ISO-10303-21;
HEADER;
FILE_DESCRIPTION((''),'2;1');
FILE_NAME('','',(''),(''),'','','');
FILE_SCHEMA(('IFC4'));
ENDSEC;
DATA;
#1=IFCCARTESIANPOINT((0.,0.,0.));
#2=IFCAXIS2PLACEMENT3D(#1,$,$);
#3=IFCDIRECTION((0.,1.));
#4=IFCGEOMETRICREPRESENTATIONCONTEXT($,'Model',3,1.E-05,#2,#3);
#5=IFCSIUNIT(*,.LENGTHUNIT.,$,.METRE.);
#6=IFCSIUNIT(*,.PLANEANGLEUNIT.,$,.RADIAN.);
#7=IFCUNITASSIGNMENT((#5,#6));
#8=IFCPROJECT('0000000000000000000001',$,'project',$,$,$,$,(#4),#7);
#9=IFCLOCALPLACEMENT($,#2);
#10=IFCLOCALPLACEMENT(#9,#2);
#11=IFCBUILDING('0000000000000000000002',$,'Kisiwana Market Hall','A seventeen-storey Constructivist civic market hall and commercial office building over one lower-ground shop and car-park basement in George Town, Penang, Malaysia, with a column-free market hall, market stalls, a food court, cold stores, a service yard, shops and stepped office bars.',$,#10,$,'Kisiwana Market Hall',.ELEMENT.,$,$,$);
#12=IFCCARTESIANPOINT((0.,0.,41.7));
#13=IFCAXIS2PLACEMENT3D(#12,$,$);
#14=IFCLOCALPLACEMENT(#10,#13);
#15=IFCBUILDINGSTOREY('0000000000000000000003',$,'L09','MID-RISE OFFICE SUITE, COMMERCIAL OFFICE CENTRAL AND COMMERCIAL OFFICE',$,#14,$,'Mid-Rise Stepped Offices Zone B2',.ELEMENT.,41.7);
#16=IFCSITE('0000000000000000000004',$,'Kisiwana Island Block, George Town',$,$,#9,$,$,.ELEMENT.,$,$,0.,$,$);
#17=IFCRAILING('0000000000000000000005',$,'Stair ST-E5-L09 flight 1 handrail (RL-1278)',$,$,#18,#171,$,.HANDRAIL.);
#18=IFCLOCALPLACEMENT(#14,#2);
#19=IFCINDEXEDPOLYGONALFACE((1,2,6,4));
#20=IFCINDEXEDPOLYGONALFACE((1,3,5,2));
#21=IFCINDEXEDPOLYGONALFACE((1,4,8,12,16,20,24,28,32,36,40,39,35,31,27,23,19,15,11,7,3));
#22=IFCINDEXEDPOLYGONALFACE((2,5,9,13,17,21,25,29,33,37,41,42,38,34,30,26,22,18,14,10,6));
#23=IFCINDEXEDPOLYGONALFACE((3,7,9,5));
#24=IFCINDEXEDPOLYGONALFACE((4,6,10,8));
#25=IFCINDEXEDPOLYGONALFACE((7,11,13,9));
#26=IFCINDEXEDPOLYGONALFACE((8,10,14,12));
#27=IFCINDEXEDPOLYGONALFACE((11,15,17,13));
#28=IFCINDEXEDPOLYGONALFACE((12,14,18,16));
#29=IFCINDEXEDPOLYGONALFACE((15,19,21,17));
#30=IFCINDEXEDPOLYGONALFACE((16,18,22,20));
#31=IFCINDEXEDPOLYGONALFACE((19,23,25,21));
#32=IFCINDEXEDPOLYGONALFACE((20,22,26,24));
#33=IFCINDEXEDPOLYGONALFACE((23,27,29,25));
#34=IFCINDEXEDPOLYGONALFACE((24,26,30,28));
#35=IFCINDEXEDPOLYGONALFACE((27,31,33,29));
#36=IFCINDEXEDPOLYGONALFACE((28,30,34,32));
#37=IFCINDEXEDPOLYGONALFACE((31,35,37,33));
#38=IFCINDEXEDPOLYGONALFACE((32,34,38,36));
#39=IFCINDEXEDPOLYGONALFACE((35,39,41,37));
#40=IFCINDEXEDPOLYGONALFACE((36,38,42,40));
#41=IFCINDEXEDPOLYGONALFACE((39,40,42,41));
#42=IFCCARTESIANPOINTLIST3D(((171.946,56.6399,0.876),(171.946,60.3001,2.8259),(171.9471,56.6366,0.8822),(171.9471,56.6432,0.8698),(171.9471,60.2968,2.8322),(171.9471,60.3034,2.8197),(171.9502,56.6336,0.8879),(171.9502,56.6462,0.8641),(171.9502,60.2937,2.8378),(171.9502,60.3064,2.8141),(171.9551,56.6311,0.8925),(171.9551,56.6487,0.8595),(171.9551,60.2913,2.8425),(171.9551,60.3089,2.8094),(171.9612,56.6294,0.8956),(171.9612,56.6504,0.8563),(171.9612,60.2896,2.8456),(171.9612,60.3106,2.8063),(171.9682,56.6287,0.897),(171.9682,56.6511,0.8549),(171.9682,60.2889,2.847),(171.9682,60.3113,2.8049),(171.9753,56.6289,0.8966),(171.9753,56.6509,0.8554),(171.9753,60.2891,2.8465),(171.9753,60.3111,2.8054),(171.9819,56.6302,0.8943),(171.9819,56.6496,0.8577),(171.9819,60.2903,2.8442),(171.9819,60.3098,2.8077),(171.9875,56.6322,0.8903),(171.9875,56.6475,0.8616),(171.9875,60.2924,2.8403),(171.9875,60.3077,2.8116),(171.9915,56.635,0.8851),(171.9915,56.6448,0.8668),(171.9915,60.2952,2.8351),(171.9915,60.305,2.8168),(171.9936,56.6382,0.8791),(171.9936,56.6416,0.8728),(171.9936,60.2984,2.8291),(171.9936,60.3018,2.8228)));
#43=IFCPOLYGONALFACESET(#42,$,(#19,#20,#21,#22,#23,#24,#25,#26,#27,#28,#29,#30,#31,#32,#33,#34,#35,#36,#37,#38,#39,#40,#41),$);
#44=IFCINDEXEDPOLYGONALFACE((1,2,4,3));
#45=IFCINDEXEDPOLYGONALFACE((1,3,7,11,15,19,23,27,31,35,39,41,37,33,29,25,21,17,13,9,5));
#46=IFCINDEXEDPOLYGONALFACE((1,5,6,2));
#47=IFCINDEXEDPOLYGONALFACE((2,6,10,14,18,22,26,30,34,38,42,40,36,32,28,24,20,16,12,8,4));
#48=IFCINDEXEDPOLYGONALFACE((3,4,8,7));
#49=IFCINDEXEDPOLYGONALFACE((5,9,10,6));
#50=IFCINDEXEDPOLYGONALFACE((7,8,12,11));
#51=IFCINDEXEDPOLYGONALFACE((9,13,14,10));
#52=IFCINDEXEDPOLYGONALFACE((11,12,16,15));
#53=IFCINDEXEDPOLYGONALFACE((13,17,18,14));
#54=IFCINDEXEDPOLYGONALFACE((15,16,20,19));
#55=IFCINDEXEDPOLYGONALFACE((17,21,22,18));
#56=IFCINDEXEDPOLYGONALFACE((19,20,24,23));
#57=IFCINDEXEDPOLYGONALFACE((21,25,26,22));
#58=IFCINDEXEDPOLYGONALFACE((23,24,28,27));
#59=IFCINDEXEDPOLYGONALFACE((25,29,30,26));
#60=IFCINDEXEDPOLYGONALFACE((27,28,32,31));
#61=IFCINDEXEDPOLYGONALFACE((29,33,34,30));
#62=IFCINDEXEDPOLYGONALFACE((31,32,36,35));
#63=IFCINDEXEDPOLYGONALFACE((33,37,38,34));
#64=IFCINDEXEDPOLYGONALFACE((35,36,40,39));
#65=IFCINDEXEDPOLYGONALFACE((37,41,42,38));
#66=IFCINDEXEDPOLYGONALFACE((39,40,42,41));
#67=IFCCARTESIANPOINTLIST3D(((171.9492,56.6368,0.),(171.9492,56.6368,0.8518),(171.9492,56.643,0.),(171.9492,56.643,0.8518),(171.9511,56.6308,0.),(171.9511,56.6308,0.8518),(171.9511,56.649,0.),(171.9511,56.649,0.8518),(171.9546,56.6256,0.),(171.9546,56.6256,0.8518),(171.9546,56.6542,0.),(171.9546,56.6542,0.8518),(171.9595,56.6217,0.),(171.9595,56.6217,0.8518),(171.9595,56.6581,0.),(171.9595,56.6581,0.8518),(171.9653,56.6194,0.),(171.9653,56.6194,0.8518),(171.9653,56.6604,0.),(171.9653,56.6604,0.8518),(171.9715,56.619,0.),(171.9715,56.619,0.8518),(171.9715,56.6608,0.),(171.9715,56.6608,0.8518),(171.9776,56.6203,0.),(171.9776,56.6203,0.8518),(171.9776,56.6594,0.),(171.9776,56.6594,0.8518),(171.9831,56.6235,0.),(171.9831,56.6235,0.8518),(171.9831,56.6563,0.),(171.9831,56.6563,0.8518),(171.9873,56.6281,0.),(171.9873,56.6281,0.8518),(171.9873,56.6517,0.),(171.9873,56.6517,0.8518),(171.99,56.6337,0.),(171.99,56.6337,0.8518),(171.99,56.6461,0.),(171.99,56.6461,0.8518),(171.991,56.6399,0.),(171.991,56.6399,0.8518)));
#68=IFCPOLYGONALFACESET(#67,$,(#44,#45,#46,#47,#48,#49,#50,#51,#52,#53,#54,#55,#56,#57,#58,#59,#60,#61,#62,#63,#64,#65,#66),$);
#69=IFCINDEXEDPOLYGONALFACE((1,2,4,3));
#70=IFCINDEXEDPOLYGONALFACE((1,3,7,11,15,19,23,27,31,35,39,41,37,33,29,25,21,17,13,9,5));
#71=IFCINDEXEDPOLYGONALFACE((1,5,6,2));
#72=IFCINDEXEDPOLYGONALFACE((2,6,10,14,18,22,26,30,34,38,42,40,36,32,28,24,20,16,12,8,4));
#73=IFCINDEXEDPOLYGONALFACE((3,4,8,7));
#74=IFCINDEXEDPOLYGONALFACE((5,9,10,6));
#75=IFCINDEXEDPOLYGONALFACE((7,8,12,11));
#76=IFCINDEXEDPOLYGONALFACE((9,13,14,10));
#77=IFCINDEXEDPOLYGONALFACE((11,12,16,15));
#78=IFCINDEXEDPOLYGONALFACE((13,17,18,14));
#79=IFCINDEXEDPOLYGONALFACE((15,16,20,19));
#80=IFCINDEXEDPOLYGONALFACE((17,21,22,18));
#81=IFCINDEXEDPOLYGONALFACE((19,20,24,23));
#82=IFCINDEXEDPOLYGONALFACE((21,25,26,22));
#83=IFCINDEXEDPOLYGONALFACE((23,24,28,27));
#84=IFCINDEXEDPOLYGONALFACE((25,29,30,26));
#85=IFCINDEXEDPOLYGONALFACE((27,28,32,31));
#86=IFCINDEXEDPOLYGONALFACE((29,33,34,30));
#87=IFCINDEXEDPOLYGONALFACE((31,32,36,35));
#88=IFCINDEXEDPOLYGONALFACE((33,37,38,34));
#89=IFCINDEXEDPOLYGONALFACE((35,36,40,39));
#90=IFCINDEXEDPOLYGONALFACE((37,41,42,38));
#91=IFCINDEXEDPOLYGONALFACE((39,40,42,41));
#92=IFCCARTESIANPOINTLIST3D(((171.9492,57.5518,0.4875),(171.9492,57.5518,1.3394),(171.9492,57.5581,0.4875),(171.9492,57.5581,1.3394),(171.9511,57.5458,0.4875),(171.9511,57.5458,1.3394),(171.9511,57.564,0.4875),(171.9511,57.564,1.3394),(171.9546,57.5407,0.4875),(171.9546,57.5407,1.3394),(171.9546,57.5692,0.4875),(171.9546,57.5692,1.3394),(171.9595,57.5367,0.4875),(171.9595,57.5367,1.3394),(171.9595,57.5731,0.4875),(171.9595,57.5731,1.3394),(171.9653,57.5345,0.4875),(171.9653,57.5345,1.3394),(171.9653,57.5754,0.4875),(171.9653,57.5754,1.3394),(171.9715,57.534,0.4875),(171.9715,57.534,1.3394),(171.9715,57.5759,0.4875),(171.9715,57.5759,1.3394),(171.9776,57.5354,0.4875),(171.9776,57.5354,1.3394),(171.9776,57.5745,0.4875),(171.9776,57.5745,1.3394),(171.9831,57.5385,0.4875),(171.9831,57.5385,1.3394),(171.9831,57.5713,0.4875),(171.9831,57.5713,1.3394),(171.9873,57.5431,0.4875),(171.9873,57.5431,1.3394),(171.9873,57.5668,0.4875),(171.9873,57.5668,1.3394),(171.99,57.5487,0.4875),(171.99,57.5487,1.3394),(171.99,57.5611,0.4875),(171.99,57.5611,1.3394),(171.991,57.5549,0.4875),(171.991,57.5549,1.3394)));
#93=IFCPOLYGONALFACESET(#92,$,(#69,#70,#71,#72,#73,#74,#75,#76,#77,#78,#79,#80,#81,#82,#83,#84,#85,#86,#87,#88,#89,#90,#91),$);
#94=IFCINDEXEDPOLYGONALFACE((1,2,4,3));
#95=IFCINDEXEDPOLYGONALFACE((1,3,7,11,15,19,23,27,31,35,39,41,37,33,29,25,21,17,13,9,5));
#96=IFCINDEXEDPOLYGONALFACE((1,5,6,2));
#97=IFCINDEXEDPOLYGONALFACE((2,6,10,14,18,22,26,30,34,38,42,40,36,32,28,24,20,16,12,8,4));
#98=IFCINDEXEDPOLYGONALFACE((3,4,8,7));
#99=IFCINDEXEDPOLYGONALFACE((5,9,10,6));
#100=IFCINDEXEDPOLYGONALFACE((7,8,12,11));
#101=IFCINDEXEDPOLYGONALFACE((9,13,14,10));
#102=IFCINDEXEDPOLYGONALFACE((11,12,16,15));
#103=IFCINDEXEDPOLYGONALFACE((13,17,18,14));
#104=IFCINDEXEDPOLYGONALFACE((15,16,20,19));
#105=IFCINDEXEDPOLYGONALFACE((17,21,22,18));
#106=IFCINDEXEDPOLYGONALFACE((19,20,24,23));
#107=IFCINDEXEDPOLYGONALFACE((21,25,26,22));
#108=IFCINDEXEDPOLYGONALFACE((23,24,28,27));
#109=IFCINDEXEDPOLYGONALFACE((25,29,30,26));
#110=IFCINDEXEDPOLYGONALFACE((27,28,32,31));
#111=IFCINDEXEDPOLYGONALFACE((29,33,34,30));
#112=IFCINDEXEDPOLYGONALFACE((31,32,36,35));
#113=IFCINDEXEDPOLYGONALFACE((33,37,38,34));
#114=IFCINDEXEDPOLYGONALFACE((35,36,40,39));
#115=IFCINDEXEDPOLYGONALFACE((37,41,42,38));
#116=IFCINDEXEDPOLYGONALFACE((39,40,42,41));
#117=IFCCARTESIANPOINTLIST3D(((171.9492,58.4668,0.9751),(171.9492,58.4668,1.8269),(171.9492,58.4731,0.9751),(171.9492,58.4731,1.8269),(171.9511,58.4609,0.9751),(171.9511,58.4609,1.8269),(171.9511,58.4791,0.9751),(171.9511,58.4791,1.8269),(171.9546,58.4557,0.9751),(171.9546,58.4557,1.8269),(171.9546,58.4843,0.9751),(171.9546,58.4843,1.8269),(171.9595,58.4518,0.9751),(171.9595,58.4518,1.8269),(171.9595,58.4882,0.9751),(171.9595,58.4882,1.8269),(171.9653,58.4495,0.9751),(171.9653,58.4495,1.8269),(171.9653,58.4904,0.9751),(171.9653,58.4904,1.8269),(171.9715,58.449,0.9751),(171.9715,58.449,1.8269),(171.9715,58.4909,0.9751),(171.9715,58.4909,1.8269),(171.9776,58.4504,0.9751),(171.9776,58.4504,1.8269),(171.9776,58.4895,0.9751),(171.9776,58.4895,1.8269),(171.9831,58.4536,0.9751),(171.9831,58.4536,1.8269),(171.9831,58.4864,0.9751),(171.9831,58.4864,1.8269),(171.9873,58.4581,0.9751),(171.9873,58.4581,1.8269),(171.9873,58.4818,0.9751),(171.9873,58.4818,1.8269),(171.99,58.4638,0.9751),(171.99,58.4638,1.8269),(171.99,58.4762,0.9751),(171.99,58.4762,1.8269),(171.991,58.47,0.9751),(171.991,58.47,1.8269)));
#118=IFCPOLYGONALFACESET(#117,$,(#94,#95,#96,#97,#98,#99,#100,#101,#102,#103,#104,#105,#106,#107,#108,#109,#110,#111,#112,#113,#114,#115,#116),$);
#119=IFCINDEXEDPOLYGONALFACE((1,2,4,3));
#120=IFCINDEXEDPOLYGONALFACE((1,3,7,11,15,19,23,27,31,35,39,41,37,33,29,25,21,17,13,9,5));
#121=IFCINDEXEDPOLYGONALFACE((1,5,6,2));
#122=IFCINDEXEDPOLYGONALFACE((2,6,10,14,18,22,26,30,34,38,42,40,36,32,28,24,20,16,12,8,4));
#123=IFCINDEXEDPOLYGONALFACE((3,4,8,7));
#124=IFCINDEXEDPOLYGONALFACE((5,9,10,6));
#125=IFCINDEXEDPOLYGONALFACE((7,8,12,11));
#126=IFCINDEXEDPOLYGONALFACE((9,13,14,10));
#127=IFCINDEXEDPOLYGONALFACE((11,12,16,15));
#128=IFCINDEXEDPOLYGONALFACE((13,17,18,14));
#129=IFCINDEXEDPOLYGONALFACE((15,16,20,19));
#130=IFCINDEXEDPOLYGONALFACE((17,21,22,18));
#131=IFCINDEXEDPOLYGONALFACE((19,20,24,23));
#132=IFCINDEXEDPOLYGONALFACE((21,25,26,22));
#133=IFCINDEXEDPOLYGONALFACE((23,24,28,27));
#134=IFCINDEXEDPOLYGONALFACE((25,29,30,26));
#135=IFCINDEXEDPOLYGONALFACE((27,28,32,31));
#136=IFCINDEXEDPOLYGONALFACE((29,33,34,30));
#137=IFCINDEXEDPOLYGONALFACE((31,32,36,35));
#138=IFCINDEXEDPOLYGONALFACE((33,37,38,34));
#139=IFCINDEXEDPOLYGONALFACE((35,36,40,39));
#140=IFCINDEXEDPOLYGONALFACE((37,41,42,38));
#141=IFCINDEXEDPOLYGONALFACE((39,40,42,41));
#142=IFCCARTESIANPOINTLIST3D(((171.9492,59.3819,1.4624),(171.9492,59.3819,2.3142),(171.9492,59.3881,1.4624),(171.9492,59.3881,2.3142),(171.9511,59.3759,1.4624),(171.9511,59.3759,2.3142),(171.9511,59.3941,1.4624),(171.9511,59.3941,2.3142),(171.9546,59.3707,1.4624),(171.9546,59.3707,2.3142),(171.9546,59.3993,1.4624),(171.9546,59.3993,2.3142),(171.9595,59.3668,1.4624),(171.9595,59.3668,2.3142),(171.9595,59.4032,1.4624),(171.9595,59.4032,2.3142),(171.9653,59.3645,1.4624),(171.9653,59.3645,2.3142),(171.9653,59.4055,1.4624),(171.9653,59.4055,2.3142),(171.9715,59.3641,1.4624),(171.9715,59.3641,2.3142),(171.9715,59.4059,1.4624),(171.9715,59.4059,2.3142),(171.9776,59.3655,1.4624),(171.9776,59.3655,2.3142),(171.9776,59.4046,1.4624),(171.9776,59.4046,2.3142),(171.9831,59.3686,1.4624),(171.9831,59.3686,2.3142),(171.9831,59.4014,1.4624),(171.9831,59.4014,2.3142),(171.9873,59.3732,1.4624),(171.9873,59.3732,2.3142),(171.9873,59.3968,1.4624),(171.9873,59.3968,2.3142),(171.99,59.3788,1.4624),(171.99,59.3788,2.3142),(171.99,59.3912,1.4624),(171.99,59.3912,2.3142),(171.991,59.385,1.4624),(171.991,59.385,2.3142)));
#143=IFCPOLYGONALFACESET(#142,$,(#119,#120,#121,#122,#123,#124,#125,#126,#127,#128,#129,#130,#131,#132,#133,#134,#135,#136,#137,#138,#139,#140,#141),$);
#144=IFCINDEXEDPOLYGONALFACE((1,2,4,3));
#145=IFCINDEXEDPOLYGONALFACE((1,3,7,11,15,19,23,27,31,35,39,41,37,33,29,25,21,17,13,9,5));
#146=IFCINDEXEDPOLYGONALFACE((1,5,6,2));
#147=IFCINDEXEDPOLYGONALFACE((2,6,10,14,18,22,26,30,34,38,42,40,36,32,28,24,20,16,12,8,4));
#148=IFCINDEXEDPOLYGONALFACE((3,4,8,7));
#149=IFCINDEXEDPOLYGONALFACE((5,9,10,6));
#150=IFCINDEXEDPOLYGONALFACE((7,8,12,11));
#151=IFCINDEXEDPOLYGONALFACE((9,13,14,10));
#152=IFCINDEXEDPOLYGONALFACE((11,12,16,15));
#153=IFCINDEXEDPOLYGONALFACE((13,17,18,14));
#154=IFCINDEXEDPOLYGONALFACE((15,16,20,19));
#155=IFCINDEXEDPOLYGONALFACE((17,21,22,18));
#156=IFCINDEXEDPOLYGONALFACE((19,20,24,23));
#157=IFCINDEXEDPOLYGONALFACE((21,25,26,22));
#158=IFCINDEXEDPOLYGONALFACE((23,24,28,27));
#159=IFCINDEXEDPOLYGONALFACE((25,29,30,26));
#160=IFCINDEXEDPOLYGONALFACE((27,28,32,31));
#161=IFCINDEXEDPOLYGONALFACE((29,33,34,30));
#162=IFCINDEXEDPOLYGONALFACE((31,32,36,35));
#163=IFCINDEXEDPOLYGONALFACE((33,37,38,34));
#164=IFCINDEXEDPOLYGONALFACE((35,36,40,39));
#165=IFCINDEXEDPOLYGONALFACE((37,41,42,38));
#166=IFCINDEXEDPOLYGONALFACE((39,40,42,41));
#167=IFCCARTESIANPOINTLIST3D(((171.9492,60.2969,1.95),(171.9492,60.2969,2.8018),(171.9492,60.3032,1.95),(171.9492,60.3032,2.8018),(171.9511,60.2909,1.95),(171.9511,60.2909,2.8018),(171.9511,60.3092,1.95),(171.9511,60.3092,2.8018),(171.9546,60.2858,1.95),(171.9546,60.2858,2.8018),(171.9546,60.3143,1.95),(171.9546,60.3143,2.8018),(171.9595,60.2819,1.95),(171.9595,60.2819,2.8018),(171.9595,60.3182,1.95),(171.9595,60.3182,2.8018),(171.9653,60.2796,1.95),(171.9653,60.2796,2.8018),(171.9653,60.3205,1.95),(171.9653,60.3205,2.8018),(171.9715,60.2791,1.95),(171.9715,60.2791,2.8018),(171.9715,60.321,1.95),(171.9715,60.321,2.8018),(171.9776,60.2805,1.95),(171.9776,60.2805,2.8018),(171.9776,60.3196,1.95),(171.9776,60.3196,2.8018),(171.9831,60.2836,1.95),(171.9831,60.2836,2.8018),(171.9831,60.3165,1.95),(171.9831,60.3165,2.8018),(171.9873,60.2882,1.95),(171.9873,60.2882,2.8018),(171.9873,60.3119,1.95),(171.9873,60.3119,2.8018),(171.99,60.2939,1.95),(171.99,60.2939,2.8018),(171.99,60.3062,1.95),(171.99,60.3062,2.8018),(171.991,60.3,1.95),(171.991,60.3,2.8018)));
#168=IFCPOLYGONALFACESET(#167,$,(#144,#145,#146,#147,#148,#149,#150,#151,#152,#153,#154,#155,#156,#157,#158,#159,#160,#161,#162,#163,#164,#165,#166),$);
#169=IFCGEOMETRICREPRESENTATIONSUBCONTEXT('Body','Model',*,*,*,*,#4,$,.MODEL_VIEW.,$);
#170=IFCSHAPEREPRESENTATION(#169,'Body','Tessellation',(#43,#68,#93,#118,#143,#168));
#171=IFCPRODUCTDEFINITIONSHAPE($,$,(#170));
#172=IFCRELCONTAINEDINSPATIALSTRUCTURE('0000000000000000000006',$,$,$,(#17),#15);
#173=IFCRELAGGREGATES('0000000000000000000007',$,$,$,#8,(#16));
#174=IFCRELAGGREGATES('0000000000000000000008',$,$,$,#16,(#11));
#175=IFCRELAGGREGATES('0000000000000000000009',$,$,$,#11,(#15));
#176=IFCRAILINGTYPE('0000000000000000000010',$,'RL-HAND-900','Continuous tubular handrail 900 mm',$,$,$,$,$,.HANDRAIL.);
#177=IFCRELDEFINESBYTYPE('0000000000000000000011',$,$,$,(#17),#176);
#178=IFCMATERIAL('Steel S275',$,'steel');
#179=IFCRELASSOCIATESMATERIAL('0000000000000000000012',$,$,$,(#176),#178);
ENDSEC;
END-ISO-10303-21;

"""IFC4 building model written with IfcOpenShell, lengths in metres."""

from ifc_helpers import new_model, si_unit, direction, frame, origin, origin_2d, place, context, subcontext, project, spatial, circle, extrude, material, type_object, element, save


model = new_model("IFC4")

# Units and contexts
model_context = context("Model", 3, precision=1e-05, world=origin(), true_north=direction((0.0, 1.0)))
body_context = subcontext(model_context, "Body", "Model", "MODEL_VIEW")
ifc_project = project(units=[si_unit("LENGTHUNIT", "METRE"), si_unit("PLANEANGLEUNIT", "RADIAN")], contexts=[model_context])

# Site, building, storey
site_placement = place(None, origin())
site = spatial("IfcSite", under=ifc_project, at=site_placement, Name="Kisiwana Island Block, George Town", CompositionType="ELEMENT", RefElevation=0.0)
building_placement = place(site_placement, origin())
building = spatial("IfcBuilding", under=site, at=building_placement, Name="Kisiwana Market Hall", Description="A seventeen-storey Constructivist civic market hall and commercial office building over one lower-ground shop and car-park basement in George Town, Penang, Malaysia, with a column-free market hall, market stalls, a food court, cold stores, a service yard, shops and stepped office bars.", LongName="Kisiwana Market Hall", CompositionType="ELEMENT")
storey_placement = place(building_placement, frame((0.0, 0.0, 41.7)))
storey = spatial("IfcBuildingStorey", under=building, at=storey_placement, Name="L09", Description="MID-RISE OFFICE SUITE, COMMERCIAL OFFICE CENTRAL AND COMMERCIAL OFFICE", LongName="Mid-Rise Stepped Offices Zone B2", CompositionType="ELEMENT", Elevation=41.7)

# Railing
ifc_material_1 = material(Name="Steel S275", Category="steel")
railing_type_1 = type_object("IfcRailingType", Name="RL-HAND-900", Description="Continuous tubular handrail 900 mm", PredefinedType="HANDRAIL", material=ifc_material_1)
railing_1_placement = place(storey_placement, frame((171.97, 56.6399, 0.0)))
element("IfcRailing", 1, at=railing_1_placement, inside=storey, type_object=railing_type_1, Name="Stair ST-E5-L09 flight 1 handrail (RL-1278)", PredefinedType="HANDRAIL", context=body_context, shape_type="SweptSolid", body=[
    extrude(circle(Radius=0.0239, at=origin_2d()), frame((0.0, 0.0, 0.876), z_axis=(0.0, 0.882566, 0.470188), x_axis=(-1.0, 0.0, 0.0)), (0.0, 0.0, 1.0), 4.1472),
    extrude(circle(Radius=0.021, at=origin_2d()), origin(), (0.0, 0.0, 1.0), 0.8518),
    extrude(circle(Radius=0.021, at=origin_2d()), frame((0.0, 0.915, 0.4875)), (0.0, 0.0, 1.0), 0.8518),
    extrude(circle(Radius=0.021, at=origin_2d()), frame((0.0, 1.8301, 0.9751)), (0.0, 0.0, 1.0), 0.8518),
    extrude(circle(Radius=0.021, at=origin_2d()), frame((0.0, 2.7451, 1.4624)), (0.0, 0.0, 1.0), 0.8518),
    extrude(circle(Radius=0.021, at=origin_2d()), frame((0.0, 3.6602, 1.95)), (0.0, 0.0, 1.0), 0.8518),
])

save(model, "model.ifc")
